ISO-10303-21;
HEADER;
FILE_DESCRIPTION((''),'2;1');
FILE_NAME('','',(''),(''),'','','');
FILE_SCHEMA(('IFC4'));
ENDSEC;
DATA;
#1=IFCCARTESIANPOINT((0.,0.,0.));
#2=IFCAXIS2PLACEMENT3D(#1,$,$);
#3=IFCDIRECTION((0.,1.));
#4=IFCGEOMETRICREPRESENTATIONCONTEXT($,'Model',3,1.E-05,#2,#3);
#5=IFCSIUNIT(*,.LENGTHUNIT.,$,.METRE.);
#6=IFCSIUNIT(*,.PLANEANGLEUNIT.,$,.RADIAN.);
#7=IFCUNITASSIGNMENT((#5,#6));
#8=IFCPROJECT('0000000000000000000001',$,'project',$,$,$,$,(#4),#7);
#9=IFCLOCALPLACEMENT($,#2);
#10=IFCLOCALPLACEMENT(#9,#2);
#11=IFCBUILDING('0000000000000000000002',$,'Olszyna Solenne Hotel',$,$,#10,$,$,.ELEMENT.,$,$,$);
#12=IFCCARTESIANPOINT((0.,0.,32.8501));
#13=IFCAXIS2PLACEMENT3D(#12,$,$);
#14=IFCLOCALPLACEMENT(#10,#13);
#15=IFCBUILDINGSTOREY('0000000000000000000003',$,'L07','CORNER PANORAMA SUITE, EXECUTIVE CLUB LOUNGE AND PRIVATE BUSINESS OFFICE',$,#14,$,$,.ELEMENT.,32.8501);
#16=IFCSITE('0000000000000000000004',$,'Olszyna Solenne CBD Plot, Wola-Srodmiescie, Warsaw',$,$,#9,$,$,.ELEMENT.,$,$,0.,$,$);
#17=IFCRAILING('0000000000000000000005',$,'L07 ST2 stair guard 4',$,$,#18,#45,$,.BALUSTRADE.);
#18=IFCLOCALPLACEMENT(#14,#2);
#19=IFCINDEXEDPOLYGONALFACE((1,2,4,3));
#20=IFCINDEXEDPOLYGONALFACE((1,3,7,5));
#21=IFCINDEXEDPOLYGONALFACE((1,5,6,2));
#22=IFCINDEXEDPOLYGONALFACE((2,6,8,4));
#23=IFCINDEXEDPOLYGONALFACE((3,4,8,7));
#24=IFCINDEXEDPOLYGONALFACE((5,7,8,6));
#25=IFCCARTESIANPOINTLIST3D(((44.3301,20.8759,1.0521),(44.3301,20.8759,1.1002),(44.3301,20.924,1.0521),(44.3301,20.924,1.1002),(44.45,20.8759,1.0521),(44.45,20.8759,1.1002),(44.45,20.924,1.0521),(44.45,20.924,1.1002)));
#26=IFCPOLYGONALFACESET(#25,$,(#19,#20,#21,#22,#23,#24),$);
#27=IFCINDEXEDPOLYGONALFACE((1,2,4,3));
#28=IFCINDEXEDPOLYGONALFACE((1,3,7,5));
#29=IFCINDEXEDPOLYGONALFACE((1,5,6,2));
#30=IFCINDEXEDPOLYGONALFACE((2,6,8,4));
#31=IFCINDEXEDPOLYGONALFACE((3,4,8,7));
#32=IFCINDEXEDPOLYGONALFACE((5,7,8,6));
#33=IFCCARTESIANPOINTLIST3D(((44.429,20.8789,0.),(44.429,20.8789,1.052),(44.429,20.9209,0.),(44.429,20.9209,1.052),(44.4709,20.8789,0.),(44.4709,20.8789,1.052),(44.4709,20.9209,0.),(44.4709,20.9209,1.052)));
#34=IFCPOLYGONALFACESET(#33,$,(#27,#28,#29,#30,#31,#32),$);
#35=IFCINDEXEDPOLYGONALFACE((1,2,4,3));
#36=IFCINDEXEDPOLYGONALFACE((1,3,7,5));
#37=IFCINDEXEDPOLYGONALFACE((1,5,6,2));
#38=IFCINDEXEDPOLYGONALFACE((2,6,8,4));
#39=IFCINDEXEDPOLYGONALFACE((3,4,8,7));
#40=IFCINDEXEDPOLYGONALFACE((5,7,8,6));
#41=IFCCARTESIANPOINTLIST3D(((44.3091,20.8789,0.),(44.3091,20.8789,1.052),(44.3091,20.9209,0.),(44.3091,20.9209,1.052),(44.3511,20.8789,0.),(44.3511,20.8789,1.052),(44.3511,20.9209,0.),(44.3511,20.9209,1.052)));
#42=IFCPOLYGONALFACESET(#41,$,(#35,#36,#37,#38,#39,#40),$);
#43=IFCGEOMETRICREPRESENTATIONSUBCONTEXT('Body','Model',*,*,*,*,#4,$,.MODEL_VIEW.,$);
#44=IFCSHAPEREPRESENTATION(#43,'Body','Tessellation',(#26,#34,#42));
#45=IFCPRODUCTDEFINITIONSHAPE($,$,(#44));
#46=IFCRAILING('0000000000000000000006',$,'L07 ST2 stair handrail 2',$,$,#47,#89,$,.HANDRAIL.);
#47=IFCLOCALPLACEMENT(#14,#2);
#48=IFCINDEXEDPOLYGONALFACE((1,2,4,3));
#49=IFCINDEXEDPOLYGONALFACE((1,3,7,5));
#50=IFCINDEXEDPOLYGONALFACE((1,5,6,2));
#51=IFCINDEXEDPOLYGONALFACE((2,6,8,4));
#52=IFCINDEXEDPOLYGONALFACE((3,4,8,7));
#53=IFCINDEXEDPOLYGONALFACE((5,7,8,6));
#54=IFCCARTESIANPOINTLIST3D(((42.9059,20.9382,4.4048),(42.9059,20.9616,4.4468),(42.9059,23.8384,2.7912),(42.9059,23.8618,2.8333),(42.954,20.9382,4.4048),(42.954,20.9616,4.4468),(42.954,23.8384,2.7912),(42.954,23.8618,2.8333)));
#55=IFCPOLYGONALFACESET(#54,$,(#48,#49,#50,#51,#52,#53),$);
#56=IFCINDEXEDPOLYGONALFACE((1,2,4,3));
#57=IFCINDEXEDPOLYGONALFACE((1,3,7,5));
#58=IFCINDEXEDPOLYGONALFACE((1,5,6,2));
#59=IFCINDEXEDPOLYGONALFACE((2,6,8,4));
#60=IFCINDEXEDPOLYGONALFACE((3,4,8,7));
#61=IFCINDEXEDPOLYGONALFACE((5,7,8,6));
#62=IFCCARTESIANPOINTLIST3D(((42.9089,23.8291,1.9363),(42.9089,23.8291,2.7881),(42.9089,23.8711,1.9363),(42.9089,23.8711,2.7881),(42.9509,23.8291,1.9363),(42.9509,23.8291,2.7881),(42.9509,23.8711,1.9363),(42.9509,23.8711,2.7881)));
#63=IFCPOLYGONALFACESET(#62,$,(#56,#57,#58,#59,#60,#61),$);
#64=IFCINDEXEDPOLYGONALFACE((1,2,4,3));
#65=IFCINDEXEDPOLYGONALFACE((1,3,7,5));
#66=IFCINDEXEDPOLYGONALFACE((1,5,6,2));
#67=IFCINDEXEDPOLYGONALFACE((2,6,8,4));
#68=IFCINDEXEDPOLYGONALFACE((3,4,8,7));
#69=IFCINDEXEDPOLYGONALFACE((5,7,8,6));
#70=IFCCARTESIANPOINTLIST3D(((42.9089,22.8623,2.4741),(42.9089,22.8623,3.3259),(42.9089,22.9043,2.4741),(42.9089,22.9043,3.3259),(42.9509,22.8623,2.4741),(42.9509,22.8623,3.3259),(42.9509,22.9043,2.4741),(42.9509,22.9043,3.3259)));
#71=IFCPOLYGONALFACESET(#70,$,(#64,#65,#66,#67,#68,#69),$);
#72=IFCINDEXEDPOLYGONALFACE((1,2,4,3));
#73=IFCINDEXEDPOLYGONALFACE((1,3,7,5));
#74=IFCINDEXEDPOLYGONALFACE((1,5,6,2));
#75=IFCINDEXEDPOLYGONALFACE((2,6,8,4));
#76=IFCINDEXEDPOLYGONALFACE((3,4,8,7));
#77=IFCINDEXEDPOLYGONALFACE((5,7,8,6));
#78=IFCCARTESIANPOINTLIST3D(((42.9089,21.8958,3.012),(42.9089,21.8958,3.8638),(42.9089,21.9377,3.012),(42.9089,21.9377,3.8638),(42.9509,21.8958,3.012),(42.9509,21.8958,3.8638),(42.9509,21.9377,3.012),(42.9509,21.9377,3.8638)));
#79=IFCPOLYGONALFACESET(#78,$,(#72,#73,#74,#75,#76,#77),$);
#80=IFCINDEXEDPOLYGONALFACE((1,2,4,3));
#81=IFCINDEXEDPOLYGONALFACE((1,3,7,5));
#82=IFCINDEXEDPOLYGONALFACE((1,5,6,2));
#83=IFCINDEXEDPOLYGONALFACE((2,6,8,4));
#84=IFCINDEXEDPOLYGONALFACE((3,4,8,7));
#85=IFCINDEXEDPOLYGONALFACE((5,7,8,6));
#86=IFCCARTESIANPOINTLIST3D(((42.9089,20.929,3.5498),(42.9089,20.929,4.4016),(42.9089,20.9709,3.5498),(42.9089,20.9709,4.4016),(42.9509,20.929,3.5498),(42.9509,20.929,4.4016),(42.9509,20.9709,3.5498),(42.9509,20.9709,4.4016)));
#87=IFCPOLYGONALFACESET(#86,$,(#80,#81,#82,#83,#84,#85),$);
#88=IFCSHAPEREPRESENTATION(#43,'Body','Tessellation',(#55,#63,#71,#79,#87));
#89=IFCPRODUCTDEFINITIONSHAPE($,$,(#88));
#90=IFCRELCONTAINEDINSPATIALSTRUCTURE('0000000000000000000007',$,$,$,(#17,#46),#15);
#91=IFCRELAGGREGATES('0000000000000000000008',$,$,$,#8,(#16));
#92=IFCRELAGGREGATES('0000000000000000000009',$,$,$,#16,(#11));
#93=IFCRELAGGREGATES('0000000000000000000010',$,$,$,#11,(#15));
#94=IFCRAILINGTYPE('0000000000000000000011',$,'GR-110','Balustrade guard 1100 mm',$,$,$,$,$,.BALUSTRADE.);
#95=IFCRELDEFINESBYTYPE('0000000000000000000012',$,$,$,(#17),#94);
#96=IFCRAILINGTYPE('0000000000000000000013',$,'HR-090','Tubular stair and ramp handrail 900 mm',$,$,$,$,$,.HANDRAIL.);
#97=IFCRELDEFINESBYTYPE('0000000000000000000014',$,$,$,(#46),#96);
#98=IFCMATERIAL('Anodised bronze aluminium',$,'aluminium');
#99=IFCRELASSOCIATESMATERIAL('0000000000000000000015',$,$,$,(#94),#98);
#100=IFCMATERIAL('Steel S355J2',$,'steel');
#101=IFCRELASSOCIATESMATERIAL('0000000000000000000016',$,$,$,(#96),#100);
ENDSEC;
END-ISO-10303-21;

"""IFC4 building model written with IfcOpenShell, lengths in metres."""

from ifc_helpers import new_model, si_unit, direction, frame, origin, origin_2d, place, context, subcontext, project, spatial, rectangle, extrude, material, type_object, element, save


model = new_model("IFC4")

# Units and contexts
model_context = context("Model", 3, precision=1e-05, world=origin(), true_north=direction((0.0, 1.0)))
body_context = subcontext(model_context, "Body", "Model", "MODEL_VIEW")
ifc_project = project(units=[si_unit("LENGTHUNIT", "METRE"), si_unit("PLANEANGLEUNIT", "RADIAN")], contexts=[model_context])

# Site, building, storey
site_placement = place(None, origin())
site = spatial("IfcSite", under=ifc_project, at=site_placement, Name="Olszyna Solenne CBD Plot, Wola-Srodmiescie, Warsaw", CompositionType="ELEMENT", RefElevation=0.0)
building_placement = place(site_placement, origin())
building = spatial("IfcBuilding", under=site, at=building_placement, Name="Olszyna Solenne Hotel", CompositionType="ELEMENT")
storey_placement = place(building_placement, frame((0.0, 0.0, 32.8501)))
storey = spatial("IfcBuildingStorey", under=building, at=storey_placement, Name="L07", Description="CORNER PANORAMA SUITE, EXECUTIVE CLUB LOUNGE AND PRIVATE BUSINESS OFFICE", CompositionType="ELEMENT", Elevation=32.8501)

# Shared definitions
ifc_material_1 = material(Name="Steel S355J2", Category="steel")

# Railings
ifc_material_2 = material(Name="Anodised bronze aluminium", Category="aluminium")
railing_type_1 = type_object("IfcRailingType", Name="GR-110", Description="Balustrade guard 1100 mm", PredefinedType="BALUSTRADE", material=ifc_material_2)
railing_1_placement = place(storey_placement, frame((44.45, 20.8999, 0.0)))
element("IfcRailing", 1, at=railing_1_placement, inside=storey, type_object=railing_type_1, Name="L07 ST2 stair guard 4", PredefinedType="BALUSTRADE", context=body_context, shape_type="SweptSolid", body=[
    extrude(rectangle(XDim=0.0481, YDim=0.0481, at=origin_2d()), frame((0.0, 0.0, 1.0762), z_axis=(-1.0, 0.0, 0.0), x_axis=(0.0, -1.0, 0.0)), (0.0, 0.0, 1.0), 0.1199),
    extrude(rectangle(XDim=0.042, YDim=0.042, at=origin_2d()), origin(), (0.0, 0.0, 1.0), 1.052),
    extrude(rectangle(XDim=0.042, YDim=0.042, at=origin_2d()), frame((-0.1199, 0.0, 0.0)), (0.0, 0.0, 1.0), 1.052),
])
railing_type_2 = type_object("IfcRailingType", Name="HR-090", Description="Tubular stair and ramp handrail 900 mm", PredefinedType="HANDRAIL", material=ifc_material_1)
railing_2_placement = place(storey_placement, frame((42.9299, 23.8501, 1.9363)))
element("IfcRailing", 2, at=railing_2_placement, inside=storey, type_object=railing_type_2, Name="L07 ST2 stair handrail 2", PredefinedType="HANDRAIL", context=body_context, shape_type="SweptSolid", body=[
    extrude(rectangle(XDim=0.0481, YDim=0.0481, at=origin_2d()), frame((0.0, 0.0, 0.876), z_axis=(0.0, -0.873859, 0.48618), x_axis=(1.0, 0.0, 0.0)), (0.0, 0.0, 1.0), 3.3188),
    extrude(rectangle(XDim=0.042, YDim=0.042, at=origin_2d()), origin(), (0.0, 0.0, 1.0), 0.8518),
    extrude(rectangle(XDim=0.042, YDim=0.042, at=origin_2d()), frame((0.0, -0.9668, 0.5378)), (0.0, 0.0, 1.0), 0.8518),
    extrude(rectangle(XDim=0.042, YDim=0.042, at=origin_2d()), frame((0.0, -1.9333, 1.0757)), (0.0, 0.0, 1.0), 0.8518),
    extrude(rectangle(XDim=0.042, YDim=0.042, at=origin_2d()), frame((0.0, -2.9001, 1.6135)), (0.0, 0.0, 1.0), 0.8518),
])

save(model, "model.ifc")
